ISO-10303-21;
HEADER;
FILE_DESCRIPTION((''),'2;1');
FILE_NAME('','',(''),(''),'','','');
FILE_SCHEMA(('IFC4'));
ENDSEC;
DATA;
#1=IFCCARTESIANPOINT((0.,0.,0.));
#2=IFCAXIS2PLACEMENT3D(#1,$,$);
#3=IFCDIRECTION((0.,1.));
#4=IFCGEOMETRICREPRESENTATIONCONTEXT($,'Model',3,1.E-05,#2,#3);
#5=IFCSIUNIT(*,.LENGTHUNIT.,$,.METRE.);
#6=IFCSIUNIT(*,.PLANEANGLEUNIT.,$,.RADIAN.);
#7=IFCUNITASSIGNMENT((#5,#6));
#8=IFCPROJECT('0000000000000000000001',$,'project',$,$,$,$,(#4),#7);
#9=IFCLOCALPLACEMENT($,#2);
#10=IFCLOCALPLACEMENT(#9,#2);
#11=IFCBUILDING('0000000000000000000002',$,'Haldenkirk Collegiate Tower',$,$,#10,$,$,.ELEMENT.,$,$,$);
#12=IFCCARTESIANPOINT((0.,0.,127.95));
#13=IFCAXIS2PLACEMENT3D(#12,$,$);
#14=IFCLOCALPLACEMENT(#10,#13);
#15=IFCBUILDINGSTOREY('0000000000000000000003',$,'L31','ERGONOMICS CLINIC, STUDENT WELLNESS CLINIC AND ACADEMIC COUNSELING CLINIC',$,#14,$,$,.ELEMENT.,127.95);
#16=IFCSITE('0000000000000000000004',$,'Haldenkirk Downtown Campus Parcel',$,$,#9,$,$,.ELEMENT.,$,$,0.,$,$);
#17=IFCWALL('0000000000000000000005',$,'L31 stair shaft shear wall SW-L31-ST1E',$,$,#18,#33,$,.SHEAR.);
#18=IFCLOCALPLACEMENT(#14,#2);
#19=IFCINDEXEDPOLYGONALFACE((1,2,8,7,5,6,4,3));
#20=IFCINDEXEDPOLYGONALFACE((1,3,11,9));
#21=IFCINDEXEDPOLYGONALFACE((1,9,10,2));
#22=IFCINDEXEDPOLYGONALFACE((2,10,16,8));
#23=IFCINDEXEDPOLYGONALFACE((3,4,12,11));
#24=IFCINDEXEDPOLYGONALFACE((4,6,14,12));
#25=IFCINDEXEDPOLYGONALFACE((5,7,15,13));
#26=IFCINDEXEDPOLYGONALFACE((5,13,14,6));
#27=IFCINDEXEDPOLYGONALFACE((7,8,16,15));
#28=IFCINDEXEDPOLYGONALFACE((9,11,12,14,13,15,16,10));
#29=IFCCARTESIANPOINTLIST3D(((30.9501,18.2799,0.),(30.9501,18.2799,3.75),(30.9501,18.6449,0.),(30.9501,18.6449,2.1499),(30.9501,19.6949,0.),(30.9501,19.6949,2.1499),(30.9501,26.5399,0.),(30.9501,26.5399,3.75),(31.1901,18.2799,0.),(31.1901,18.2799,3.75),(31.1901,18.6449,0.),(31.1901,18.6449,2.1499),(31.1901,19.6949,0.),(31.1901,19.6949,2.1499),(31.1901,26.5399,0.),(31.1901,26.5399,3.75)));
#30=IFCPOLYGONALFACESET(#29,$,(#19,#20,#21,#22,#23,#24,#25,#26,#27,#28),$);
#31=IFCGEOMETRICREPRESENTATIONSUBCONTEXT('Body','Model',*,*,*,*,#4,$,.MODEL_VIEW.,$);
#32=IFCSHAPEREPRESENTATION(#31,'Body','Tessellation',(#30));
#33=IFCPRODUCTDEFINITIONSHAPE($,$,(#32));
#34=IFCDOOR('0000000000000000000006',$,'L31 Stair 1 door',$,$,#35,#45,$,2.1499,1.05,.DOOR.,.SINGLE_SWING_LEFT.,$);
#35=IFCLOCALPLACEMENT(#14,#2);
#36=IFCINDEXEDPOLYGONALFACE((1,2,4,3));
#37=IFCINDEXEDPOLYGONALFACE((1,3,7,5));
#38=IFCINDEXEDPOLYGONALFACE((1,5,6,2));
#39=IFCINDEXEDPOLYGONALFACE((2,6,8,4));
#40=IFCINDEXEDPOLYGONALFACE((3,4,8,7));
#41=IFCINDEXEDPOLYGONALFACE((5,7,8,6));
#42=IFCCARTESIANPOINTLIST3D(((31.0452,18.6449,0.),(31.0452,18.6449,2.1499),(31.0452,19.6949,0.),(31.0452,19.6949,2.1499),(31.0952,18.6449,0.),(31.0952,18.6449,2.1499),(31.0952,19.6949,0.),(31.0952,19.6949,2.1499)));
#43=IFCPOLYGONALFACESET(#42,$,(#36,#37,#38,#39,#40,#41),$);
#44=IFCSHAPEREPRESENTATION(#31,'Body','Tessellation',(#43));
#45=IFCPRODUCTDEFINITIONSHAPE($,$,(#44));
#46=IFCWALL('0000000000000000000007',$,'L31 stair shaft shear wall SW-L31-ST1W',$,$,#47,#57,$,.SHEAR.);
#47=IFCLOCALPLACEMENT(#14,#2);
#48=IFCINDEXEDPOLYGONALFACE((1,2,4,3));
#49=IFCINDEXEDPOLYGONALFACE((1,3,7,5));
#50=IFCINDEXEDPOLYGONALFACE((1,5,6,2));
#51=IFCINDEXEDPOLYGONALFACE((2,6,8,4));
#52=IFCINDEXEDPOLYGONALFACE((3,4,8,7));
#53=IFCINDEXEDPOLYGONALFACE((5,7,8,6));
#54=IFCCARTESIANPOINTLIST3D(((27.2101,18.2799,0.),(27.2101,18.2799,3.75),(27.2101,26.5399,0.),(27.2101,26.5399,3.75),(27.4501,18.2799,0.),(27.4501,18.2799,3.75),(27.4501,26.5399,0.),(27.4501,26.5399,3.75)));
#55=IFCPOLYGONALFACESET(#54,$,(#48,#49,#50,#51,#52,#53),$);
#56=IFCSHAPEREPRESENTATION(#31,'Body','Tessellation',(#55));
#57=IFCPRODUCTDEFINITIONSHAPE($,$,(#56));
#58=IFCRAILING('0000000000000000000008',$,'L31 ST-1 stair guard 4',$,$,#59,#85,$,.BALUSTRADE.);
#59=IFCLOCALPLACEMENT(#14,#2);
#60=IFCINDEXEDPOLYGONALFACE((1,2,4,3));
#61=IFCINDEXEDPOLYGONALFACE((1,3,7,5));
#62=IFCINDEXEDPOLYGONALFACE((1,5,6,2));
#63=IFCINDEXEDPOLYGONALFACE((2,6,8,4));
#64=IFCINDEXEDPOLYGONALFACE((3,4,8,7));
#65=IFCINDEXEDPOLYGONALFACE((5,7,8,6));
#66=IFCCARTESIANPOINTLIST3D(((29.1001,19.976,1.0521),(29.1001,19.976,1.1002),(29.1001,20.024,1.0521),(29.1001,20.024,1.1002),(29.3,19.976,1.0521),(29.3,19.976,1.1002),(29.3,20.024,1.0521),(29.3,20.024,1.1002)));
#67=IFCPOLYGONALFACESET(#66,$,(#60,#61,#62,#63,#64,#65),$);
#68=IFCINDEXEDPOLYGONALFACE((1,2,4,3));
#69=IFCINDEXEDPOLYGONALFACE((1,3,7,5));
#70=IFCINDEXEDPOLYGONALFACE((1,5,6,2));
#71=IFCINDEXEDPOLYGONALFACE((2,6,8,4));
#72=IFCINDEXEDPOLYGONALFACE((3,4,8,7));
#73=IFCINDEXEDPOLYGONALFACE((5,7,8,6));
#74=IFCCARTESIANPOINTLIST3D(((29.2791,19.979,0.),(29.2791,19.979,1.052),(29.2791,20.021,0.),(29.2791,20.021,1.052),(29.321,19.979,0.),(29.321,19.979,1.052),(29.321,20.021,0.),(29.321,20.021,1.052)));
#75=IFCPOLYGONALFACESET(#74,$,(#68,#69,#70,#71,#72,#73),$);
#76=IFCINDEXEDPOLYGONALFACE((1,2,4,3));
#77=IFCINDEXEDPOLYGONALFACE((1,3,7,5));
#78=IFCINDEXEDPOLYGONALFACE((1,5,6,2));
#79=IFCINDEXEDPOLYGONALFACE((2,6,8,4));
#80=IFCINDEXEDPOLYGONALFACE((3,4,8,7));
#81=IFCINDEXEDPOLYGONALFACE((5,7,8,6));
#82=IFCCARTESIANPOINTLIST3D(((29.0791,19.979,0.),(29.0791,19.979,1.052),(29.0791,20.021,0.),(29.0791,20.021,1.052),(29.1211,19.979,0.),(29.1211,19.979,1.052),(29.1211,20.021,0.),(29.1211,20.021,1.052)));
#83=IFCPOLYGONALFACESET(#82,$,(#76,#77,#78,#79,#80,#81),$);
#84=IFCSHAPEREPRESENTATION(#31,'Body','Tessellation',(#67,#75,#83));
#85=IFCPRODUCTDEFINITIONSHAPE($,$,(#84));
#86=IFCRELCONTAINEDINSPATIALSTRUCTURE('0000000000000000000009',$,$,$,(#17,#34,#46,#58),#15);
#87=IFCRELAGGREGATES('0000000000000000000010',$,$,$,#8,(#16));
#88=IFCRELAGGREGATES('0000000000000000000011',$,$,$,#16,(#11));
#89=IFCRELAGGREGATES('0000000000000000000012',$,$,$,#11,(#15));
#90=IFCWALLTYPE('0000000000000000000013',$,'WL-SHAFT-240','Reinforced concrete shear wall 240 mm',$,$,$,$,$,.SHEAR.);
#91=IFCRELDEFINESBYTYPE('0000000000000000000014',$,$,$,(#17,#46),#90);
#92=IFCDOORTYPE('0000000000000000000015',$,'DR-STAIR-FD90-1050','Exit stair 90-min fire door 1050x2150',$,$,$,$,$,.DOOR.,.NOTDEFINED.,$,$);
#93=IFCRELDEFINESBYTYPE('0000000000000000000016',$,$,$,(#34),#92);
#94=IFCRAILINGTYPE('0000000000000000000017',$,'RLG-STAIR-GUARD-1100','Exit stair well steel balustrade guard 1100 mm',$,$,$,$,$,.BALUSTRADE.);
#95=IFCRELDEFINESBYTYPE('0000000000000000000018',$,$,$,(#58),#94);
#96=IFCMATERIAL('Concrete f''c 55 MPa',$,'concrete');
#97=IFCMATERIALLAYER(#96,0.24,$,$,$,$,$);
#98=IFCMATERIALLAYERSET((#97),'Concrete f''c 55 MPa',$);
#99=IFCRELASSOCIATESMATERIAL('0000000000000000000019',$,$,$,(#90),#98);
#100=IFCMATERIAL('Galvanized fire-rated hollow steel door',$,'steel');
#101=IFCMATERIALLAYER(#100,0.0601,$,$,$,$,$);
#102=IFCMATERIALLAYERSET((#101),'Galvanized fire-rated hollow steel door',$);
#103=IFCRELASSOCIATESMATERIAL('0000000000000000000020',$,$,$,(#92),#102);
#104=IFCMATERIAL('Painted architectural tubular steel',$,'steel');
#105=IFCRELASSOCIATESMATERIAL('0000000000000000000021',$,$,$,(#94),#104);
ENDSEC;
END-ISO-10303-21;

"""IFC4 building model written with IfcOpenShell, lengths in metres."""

from ifc_helpers import new_model, si_unit, direction, frame, frame_2d, origin, origin_2d, place, context, subcontext, project, spatial, rectangle, extrude, material, layer, layer_set, type_object, element, fill, save


model = new_model("IFC4")

# Units and contexts
model_context = context("Model", 3, precision=1e-05, world=origin(), true_north=direction((0.0, 1.0)))
body_context = subcontext(model_context, "Body", "Model", "MODEL_VIEW")
ifc_project = project(units=[si_unit("LENGTHUNIT", "METRE"), si_unit("PLANEANGLEUNIT", "RADIAN")], contexts=[model_context])

# Site, building, storey
site_placement = place(None, origin())
site = spatial("IfcSite", under=ifc_project, at=site_placement, Name="Haldenkirk Downtown Campus Parcel", CompositionType="ELEMENT", RefElevation=0.0)
building_placement = place(site_placement, origin())
building = spatial("IfcBuilding", under=site, at=building_placement, Name="Haldenkirk Collegiate Tower", CompositionType="ELEMENT")
storey_placement = place(building_placement, frame((0.0, 0.0, 127.95)))
storey = spatial("IfcBuildingStorey", under=building, at=storey_placement, Name="L31", Description="ERGONOMICS CLINIC, STUDENT WELLNESS CLINIC AND ACADEMIC COUNSELING CLINIC", CompositionType="ELEMENT", Elevation=127.95)

# Shared definitions
ifc_material_1 = material(Name="Galvanized fire-rated hollow steel door", Category="steel")

# Wall, opening, door
ifc_material_2 = material(Name="Concrete f'c 55 MPa", Category="concrete")
ifc_layer_1 = layer(ifc_material_2, 0.24)
ifc_layer_set_1 = layer_set([ifc_layer_1], Name="Concrete f'c 55 MPa")
wall_type_1 = type_object("IfcWallType", Name="WL-SHAFT-240", Description="Reinforced concrete shear wall 240 mm", PredefinedType="SHEAR", material=ifc_layer_set_1)
wall_1_placement = place(storey_placement, frame((31.0701, 18.28, 0.0), z_axis=(0.0, 0.0, 1.0), x_axis=(0.0, 1.0, 0.0)))
wall_1 = element("IfcWall", 1, at=wall_1_placement, inside=storey, type_object=wall_type_1, Name="L31 stair shaft shear wall SW-L31-ST1E", PredefinedType="SHEAR", context=body_context, shape_type="SweptSolid", body=[
    extrude(rectangle(XDim=8.26, YDim=0.24, at=frame_2d((4.1299, 0.0))), origin(), (0.0, 0.0, 1.0), 3.75),
])
opening_1_placement = place(wall_1_placement, frame((0.365, 0.0, 0.0)))
opening_1 = element("IfcOpeningElement", 2, at=opening_1_placement, cuts=wall_1, PredefinedType="OPENING", context=body_context, shape_type="SweptSolid", body=[
    extrude(rectangle(XDim=1.05, YDim=2.1499, at=frame_2d((0.5249, 1.075))), frame((0.0, 0.1299, 0.0), z_axis=(0.0, -1.0, 0.0), x_axis=(1.0, 0.0, 0.0)), (0.0, 0.0, 1.0), 0.26),
])
ifc_layer_2 = layer(ifc_material_1, 0.0601)
ifc_layer_set_2 = layer_set([ifc_layer_2], Name="Galvanized fire-rated hollow steel door")
door_type_1 = type_object("IfcDoorType", Name="DR-STAIR-FD90-1050", Description="Exit stair 90-min fire door 1050x2150", OperationType="NOTDEFINED", PredefinedType="DOOR", material=ifc_layer_set_2)
door_1_placement = place(opening_1_placement, origin())
door_1 = element("IfcDoor", 3, at=door_1_placement, inside=storey, type_object=door_type_1, Name="L31 Stair 1 door", OperationType="SINGLE_SWING_LEFT", OverallHeight=2.1499, OverallWidth=1.05, PredefinedType="DOOR", context=body_context, shape_type="SweptSolid", body=[
    extrude(rectangle(XDim=1.05, YDim=2.1499, at=frame_2d((0.5249, 1.075))), frame((0.0, 0.0249, 0.0), z_axis=(0.0, -1.0, 0.0), x_axis=(1.0, 0.0, 0.0)), (0.0, 0.0, 1.0), 0.05),
])
fill(opening_1, door_1)

# Wall
wall_2_placement = place(storey_placement, frame((27.3301, 18.28, 0.0), z_axis=(0.0, 0.0, 1.0), x_axis=(0.0, 1.0, 0.0)))
element("IfcWall", 4, at=wall_2_placement, inside=storey, type_object=wall_type_1, Name="L31 stair shaft shear wall SW-L31-ST1W", PredefinedType="SHEAR", context=body_context, shape_type="SweptSolid", body=[
    extrude(rectangle(XDim=8.26, YDim=0.24, at=frame_2d((4.1299, 0.0))), origin(), (0.0, 0.0, 1.0), 3.75),
])

# Railing
ifc_material_3 = material(Name="Painted architectural tubular steel", Category="steel")
railing_type = type_object("IfcRailingType", Name="RLG-STAIR-GUARD-1100", Description="Exit stair well steel balustrade guard 1100 mm", PredefinedType="BALUSTRADE", material=ifc_material_3)
railing_placement = place(storey_placement, frame((29.3, 20.0, 0.0)))
element("IfcRailing", 5, at=railing_placement, inside=storey, type_object=railing_type, Name="L31 ST-1 stair guard 4", PredefinedType="BALUSTRADE", context=body_context, shape_type="SweptSolid", body=[
    extrude(rectangle(XDim=0.0481, YDim=0.0481, at=origin_2d()), frame((0.0, 0.0, 1.0762), z_axis=(-1.0, 0.0, 0.0), x_axis=(0.0, -1.0, 0.0)), (0.0, 0.0, 1.0), 0.2),
    extrude(rectangle(XDim=0.042, YDim=0.042, at=origin_2d()), origin(), (0.0, 0.0, 1.0), 1.052),
    extrude(rectangle(XDim=0.042, YDim=0.042, at=origin_2d()), frame((-0.2, 0.0, 0.0)), (0.0, 0.0, 1.0), 1.052),
])

save(model, "model.ifc")
